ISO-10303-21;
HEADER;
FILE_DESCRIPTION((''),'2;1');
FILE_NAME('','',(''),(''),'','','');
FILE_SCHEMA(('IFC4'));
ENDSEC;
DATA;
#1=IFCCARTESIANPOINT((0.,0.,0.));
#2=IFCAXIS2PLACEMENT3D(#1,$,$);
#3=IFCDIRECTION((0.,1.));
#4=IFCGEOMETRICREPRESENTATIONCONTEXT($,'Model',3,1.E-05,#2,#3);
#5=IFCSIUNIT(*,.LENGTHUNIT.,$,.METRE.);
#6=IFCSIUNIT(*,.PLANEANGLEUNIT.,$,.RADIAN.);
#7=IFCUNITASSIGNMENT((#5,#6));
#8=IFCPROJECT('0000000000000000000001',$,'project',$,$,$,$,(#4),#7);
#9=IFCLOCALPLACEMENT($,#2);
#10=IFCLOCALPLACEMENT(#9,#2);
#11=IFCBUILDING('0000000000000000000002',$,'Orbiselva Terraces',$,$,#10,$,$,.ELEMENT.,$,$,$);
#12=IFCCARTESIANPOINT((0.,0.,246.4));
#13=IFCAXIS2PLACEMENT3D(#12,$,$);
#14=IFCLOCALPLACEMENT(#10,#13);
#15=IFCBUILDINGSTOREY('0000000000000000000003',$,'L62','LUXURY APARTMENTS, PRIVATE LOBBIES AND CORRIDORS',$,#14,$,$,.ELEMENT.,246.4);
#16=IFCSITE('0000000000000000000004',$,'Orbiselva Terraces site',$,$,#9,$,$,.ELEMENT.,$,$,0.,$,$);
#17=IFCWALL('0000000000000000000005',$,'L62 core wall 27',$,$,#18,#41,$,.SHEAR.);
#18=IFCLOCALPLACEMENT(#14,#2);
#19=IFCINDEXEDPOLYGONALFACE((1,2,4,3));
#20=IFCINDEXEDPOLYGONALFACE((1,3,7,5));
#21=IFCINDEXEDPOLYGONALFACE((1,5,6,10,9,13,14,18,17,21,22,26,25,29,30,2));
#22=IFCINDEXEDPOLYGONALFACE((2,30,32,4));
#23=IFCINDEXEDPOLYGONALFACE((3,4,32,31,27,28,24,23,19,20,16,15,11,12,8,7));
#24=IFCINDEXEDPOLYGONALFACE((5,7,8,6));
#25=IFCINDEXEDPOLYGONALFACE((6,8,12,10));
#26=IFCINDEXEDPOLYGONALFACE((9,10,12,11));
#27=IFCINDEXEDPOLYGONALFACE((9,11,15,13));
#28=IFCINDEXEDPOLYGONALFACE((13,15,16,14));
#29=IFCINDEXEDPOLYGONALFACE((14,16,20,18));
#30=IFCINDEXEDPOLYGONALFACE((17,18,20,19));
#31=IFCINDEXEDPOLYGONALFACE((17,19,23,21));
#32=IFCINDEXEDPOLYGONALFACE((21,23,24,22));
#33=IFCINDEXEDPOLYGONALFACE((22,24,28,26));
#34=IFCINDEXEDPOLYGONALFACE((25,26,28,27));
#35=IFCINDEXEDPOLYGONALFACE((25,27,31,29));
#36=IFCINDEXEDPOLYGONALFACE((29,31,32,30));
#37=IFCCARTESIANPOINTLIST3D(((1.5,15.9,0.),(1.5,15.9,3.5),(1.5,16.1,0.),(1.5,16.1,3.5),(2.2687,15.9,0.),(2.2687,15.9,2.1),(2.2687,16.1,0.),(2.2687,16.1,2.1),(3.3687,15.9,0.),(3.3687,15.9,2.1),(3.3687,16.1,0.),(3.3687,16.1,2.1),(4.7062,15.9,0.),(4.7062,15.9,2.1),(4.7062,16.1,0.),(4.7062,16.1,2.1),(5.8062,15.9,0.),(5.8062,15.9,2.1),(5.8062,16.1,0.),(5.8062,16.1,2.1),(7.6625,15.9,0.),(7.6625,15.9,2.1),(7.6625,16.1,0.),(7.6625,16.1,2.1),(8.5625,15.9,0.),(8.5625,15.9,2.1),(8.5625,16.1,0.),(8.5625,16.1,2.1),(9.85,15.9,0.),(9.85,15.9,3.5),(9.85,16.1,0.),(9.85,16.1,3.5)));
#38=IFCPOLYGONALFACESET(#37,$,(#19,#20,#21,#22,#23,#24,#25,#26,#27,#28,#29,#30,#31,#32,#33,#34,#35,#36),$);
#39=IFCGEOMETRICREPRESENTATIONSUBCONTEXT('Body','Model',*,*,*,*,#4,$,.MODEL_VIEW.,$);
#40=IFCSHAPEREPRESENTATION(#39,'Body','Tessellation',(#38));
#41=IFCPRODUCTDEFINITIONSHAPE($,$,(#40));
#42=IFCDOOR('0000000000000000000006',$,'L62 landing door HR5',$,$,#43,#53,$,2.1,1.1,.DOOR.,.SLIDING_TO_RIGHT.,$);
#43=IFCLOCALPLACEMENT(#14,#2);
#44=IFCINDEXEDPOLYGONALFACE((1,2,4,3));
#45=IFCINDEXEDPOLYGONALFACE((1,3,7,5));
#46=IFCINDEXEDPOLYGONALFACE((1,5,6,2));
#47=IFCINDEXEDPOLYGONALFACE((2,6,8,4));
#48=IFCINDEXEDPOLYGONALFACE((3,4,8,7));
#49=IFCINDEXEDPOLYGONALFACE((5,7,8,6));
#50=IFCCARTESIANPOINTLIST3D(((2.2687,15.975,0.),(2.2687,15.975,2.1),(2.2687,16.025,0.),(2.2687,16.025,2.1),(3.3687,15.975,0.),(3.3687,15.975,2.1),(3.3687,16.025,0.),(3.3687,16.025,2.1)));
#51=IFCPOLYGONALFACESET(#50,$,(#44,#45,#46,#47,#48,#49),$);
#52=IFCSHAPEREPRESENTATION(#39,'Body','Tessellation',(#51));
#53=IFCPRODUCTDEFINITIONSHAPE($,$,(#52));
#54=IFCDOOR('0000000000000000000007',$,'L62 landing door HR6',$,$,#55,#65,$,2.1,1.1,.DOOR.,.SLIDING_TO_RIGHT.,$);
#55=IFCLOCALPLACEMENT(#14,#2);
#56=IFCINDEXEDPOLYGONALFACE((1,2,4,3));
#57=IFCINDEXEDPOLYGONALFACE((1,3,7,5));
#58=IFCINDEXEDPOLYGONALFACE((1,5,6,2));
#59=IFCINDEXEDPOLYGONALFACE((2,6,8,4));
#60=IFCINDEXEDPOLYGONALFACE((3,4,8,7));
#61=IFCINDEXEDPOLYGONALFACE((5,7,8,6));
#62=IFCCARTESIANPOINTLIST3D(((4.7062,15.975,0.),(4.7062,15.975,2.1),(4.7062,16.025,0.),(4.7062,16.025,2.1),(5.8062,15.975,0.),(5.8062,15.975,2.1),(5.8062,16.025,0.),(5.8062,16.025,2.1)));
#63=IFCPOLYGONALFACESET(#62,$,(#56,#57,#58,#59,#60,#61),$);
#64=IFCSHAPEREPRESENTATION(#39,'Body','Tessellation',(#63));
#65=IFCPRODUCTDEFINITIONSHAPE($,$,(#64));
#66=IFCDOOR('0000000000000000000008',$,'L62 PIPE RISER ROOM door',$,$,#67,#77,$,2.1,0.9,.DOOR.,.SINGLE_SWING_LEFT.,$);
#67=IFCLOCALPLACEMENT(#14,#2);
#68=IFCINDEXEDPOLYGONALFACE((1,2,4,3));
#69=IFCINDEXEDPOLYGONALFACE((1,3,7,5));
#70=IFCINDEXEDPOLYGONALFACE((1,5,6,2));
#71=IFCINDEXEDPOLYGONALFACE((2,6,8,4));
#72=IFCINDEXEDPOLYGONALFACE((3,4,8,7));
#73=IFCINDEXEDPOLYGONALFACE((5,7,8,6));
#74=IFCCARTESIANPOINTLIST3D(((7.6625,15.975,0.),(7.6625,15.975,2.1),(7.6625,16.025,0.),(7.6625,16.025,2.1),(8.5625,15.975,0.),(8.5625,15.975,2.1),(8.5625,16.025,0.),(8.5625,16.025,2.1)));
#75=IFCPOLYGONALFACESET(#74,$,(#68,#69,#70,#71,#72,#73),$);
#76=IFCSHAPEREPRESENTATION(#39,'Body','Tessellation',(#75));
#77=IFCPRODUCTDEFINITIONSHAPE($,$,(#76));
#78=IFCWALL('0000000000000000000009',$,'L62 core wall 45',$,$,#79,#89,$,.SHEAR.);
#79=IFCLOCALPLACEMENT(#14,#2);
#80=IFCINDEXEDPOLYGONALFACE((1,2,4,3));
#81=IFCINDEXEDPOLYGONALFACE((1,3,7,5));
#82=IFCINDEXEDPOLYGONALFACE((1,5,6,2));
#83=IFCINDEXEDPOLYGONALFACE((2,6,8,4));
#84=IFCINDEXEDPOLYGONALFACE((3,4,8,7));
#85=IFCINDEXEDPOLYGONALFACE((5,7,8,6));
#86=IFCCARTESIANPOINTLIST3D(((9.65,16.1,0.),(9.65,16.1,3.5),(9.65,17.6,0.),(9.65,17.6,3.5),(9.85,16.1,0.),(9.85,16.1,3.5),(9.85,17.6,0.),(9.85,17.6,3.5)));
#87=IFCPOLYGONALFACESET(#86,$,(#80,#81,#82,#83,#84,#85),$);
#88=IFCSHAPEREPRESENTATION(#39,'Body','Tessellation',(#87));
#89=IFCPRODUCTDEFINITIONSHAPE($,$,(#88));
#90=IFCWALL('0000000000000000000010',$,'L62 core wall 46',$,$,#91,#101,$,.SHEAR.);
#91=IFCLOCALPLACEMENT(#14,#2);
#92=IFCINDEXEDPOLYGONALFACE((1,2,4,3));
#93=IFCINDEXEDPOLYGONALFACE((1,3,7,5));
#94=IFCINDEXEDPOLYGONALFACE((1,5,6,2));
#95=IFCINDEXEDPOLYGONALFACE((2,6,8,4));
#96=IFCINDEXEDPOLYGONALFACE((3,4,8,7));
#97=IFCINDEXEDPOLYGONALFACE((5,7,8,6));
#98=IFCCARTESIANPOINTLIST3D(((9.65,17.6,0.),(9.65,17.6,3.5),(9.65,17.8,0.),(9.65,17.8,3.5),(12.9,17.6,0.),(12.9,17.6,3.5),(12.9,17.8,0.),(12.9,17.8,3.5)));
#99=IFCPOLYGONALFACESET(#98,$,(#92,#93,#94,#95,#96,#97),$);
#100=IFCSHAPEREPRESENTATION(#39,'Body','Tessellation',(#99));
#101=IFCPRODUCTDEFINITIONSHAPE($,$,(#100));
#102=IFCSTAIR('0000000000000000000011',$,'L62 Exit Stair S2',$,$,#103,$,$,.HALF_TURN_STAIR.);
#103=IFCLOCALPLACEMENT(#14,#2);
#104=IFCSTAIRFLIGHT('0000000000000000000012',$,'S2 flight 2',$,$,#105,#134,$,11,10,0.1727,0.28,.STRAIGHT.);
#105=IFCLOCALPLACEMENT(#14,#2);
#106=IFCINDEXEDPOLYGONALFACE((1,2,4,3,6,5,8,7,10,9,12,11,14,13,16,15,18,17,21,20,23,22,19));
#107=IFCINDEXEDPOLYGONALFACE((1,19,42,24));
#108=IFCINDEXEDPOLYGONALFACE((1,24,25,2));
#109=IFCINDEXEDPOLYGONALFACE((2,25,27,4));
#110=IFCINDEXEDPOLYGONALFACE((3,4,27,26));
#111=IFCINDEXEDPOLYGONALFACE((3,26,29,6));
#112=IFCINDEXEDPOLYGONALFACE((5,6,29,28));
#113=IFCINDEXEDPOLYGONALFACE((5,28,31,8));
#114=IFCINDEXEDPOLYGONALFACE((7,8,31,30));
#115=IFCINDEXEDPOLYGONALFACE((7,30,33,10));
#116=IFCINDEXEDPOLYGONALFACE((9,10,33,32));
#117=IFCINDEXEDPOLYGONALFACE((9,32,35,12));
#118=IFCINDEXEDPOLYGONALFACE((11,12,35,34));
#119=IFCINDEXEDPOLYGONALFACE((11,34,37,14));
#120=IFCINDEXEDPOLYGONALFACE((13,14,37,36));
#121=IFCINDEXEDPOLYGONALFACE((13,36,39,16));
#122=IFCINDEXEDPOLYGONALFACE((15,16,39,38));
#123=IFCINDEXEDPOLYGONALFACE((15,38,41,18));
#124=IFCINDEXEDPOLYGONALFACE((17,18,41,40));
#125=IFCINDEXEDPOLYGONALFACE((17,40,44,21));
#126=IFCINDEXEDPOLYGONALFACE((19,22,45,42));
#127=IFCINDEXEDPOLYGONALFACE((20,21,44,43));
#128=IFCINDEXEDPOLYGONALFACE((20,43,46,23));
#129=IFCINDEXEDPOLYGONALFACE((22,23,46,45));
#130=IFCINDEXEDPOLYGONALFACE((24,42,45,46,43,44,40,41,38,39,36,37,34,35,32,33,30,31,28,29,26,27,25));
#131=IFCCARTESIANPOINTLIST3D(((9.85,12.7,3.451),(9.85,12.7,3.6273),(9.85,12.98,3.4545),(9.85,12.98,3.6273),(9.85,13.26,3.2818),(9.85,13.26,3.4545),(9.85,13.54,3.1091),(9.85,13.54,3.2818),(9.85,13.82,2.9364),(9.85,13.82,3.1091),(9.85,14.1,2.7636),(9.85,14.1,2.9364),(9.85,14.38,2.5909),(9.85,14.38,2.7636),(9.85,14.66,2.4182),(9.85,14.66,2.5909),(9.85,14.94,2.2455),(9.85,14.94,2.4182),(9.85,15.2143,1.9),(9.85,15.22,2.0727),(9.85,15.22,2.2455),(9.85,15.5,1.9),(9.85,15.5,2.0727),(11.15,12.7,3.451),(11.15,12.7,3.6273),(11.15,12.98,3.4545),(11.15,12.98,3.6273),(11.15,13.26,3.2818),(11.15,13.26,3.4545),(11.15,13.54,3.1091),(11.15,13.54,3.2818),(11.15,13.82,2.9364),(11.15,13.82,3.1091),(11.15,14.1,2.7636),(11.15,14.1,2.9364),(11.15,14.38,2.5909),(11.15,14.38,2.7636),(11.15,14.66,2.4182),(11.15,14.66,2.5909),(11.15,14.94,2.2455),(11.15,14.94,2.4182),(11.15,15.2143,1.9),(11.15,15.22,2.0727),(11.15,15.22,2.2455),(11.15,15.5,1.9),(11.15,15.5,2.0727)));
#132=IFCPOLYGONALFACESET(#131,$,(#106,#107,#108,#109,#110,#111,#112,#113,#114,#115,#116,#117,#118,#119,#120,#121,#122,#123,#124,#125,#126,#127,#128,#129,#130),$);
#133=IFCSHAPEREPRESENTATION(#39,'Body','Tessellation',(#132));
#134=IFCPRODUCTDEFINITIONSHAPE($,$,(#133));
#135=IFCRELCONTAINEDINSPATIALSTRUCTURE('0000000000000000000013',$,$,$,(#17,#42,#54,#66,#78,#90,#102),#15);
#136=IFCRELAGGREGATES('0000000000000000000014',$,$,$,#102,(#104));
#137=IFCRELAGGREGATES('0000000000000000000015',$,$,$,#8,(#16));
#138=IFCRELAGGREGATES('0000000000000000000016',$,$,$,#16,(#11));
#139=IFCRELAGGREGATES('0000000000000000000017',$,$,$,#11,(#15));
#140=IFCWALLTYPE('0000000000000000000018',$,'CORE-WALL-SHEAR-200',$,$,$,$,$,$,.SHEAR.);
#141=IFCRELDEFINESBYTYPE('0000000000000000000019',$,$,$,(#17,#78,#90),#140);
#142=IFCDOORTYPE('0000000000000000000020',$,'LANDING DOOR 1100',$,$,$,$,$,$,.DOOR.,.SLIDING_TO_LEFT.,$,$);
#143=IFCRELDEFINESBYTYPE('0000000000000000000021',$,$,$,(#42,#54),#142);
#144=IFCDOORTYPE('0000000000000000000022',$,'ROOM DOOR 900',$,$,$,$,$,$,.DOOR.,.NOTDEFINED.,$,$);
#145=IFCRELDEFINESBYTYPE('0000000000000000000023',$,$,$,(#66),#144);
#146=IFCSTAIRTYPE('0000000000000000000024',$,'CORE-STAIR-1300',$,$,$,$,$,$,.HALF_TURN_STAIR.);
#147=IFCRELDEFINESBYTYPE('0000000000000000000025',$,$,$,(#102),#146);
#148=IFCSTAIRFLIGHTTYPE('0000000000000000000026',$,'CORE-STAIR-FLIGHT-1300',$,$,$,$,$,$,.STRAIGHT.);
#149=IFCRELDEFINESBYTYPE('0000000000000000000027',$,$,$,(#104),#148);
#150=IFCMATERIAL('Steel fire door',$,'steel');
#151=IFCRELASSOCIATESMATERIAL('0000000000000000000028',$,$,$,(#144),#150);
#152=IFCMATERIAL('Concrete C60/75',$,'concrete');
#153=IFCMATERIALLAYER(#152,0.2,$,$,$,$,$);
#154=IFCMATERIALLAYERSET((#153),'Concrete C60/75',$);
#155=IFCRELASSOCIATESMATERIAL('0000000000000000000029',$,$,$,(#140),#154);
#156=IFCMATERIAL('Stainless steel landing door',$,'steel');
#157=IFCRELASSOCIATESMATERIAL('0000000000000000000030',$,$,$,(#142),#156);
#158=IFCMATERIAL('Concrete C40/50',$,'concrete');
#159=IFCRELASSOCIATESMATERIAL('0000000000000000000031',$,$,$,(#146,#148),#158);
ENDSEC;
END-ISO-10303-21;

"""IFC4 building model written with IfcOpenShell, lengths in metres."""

from ifc_helpers import new_model, si_unit, direction, frame, frame_2d, origin, place, context, subcontext, project, spatial, polyline, rectangle, outline, extrude, material, layer, layer_set, type_object, element, fill, aggregate, save


model = new_model("IFC4")

# Units and contexts
model_context = context("Model", 3, precision=1e-05, world=origin(), true_north=direction((0.0, 1.0)))
body_context = subcontext(model_context, "Body", "Model", "MODEL_VIEW")
ifc_project = project(units=[si_unit("LENGTHUNIT", "METRE"), si_unit("PLANEANGLEUNIT", "RADIAN")], contexts=[model_context])

# Site, building, storey
site_placement = place(None, origin())
site = spatial("IfcSite", under=ifc_project, at=site_placement, Name="Orbiselva Terraces site", CompositionType="ELEMENT", RefElevation=0.0)
building_placement = place(site_placement, origin())
building = spatial("IfcBuilding", under=site, at=building_placement, Name="Orbiselva Terraces", CompositionType="ELEMENT")
storey_placement = place(building_placement, frame((0.0, 0.0, 246.4)))
storey = spatial("IfcBuildingStorey", under=building, at=storey_placement, Name="L62", Description="LUXURY APARTMENTS, PRIVATE LOBBIES AND CORRIDORS", CompositionType="ELEMENT", Elevation=246.4)

# Shared definitions
ifc_material_1 = material(Name="Steel fire door", Category="steel")
door_type_1 = type_object("IfcDoorType", Name="ROOM DOOR 900", OperationType="NOTDEFINED", PredefinedType="DOOR", material=ifc_material_1)

# Shared definitions
ifc_material_2 = material(Name="Concrete C40/50", Category="concrete")

# Shared definitions
ifc_material_3 = material(Name="Concrete C60/75", Category="concrete")
ifc_layer_1 = layer(ifc_material_3, 0.2)
ifc_layer_set_1 = layer_set([ifc_layer_1], Name="Concrete C60/75")
wall_type_1 = type_object("IfcWallType", Name="CORE-WALL-SHEAR-200", PredefinedType="SHEAR", material=ifc_layer_set_1)

# Wall, openings, doors
wall_1_placement = place(storey_placement, frame((9.85, 16.0, 0.0), z_axis=(0.0, 0.0, 1.0), x_axis=(-1.0, 0.0, 0.0)))
wall_1 = element("IfcWall", 1, at=wall_1_placement, inside=storey, type_object=wall_type_1, Name="L62 core wall 27", PredefinedType="SHEAR", context=body_context, shape_type="SweptSolid", body=[
    extrude(rectangle(XDim=8.35, YDim=0.2, at=frame_2d((4.175, 0.0))), origin(), (0.0, 0.0, 1.0), 3.5),
])
opening_1_placement = place(wall_1_placement, frame((6.4813, 0.0, 0.0)))
opening_1 = element("IfcOpeningElement", 2, at=opening_1_placement, cuts=wall_1, PredefinedType="OPENING", context=body_context, shape_type="SweptSolid", body=[
    extrude(rectangle(XDim=1.1, YDim=2.1, at=frame_2d((0.55, 1.05))), frame((0.0, 0.11, 0.0), z_axis=(0.0, -1.0, 0.0), x_axis=(1.0, 0.0, 0.0)), (0.0, 0.0, 1.0), 0.22),
])
opening_2_placement = place(wall_1_placement, frame((4.0438, 0.0, 0.0)))
opening_2 = element("IfcOpeningElement", 3, at=opening_2_placement, cuts=wall_1, PredefinedType="OPENING", context=body_context, shape_type="SweptSolid", body=[
    extrude(rectangle(XDim=1.1, YDim=2.1, at=frame_2d((0.55, 1.05))), frame((0.0, 0.11, 0.0), z_axis=(0.0, -1.0, 0.0), x_axis=(1.0, 0.0, 0.0)), (0.0, 0.0, 1.0), 0.22),
])
opening_3_placement = place(wall_1_placement, frame((1.2875, 0.0, 0.0)))
opening_3 = element("IfcOpeningElement", 4, at=opening_3_placement, cuts=wall_1, PredefinedType="OPENING", context=body_context, shape_type="SweptSolid", body=[
    extrude(rectangle(XDim=0.9, YDim=2.1, at=frame_2d((0.45, 1.05))), frame((0.0, 0.11, 0.0), z_axis=(0.0, -1.0, 0.0), x_axis=(1.0, 0.0, 0.0)), (0.0, 0.0, 1.0), 0.22),
])
ifc_material_4 = material(Name="Stainless steel landing door", Category="steel")
door_type_2 = type_object("IfcDoorType", Name="LANDING DOOR 1100", OperationType="SLIDING_TO_LEFT", PredefinedType="DOOR", material=ifc_material_4)
door_1_placement = place(opening_1_placement, origin())
door_1 = element("IfcDoor", 5, at=door_1_placement, inside=storey, type_object=door_type_2, Name="L62 landing door HR5", OperationType="SLIDING_TO_RIGHT", OverallHeight=2.1, OverallWidth=1.1, PredefinedType="DOOR", context=body_context, shape_type="SweptSolid", body=[
    extrude(rectangle(XDim=1.1, YDim=2.1, at=frame_2d((0.55, 1.05))), frame((0.0, 0.025, 0.0), z_axis=(0.0, -1.0, 0.0), x_axis=(1.0, 0.0, 0.0)), (0.0, 0.0, 1.0), 0.05),
])
fill(opening_1, door_1)
door_2_placement = place(opening_2_placement, origin())
door_2 = element("IfcDoor", 6, at=door_2_placement, inside=storey, type_object=door_type_2, Name="L62 landing door HR6", OperationType="SLIDING_TO_RIGHT", OverallHeight=2.1, OverallWidth=1.1, PredefinedType="DOOR", context=body_context, shape_type="SweptSolid", body=[
    extrude(rectangle(XDim=1.1, YDim=2.1, at=frame_2d((0.55, 1.05))), frame((0.0, 0.025, 0.0), z_axis=(0.0, -1.0, 0.0), x_axis=(1.0, 0.0, 0.0)), (0.0, 0.0, 1.0), 0.05),
])
fill(opening_2, door_2)
door_3_placement = place(opening_3_placement, origin())
door_3 = element("IfcDoor", 7, at=door_3_placement, inside=storey, type_object=door_type_1, Name="L62 PIPE RISER ROOM door", OperationType="SINGLE_SWING_LEFT", OverallHeight=2.1, OverallWidth=0.9, PredefinedType="DOOR", context=body_context, shape_type="SweptSolid", body=[
    extrude(rectangle(XDim=0.9, YDim=2.1, at=frame_2d((0.45, 1.05))), frame((0.0, 0.025, 0.0), z_axis=(0.0, -1.0, 0.0), x_axis=(1.0, 0.0, 0.0)), (0.0, 0.0, 1.0), 0.05),
])
fill(opening_3, door_3)

# Walls
wall_2_placement = place(storey_placement, frame((9.75, 16.1, 0.0), z_axis=(0.0, 0.0, 1.0), x_axis=(0.0, 1.0, 0.0)))
element("IfcWall", 8, at=wall_2_placement, inside=storey, type_object=wall_type_1, Name="L62 core wall 45", PredefinedType="SHEAR", context=body_context, shape_type="SweptSolid", body=[
    extrude(rectangle(XDim=1.5, YDim=0.2, at=frame_2d((0.75, 0.0))), origin(), (0.0, 0.0, 1.0), 3.5),
])
wall_3_placement = place(storey_placement, frame((9.65, 17.7, 0.0), z_axis=(0.0, 0.0, 1.0), x_axis=(1.0, 0.0, 0.0)))
element("IfcWall", 9, at=wall_3_placement, inside=storey, type_object=wall_type_1, Name="L62 core wall 46", PredefinedType="SHEAR", context=body_context, shape_type="SweptSolid", body=[
    extrude(rectangle(XDim=3.25, YDim=0.2, at=frame_2d((1.625, 0.0))), origin(), (0.0, 0.0, 1.0), 3.5),
])

# Stair, stair flight
stair_type = type_object("IfcStairType", Name="CORE-STAIR-1300", PredefinedType="HALF_TURN_STAIR", material=ifc_material_2)
stair_placement = place(storey_placement, origin())
stair = element("IfcStair", 10, at=stair_placement, inside=storey, type_object=stair_type, Name="L62 Exit Stair S2", PredefinedType="HALF_TURN_STAIR")
stair_flight_type = type_object("IfcStairFlightType", Name="CORE-STAIR-FLIGHT-1300", PredefinedType="STRAIGHT", material=ifc_material_2)
stair_flight_placement = place(storey_placement, frame((10.5, 15.5, 1.9), z_axis=(0.0, 0.0, 1.0), x_axis=(0.0, -1.0, 0.0)))
stair_flight = element("IfcStairFlight", 11, at=stair_flight_placement, type_object=stair_flight_type, Name="S2 flight 2", NumberOfRisers=11, NumberOfTreads=10, PredefinedType="STRAIGHT", RiserHeight=0.1727, TreadLength=0.28, context=body_context, shape_type="SweptSolid", body=[
    extrude(outline(polyline([(0.0, 0.0), (0.0, 0.1727), (0.28, 0.1727), (0.28, 0.3455), (0.56, 0.3455), (0.56, 0.5182), (0.84, 0.5182), (0.84, 0.6909), (1.12, 0.6909), (1.12, 0.8636), (1.4, 0.8636), (1.4, 1.0364), (1.68, 1.0364), (1.68, 1.2091), (1.96, 1.2091), (1.96, 1.3818), (2.24, 1.3818), (2.24, 1.5545), (2.52, 1.5545), (2.52, 1.7273), (2.8, 1.7273), (2.8, 1.9), (2.8, 1.551), (0.2857, 0.0), (0.0, 0.0)])), frame((0.0, 0.65, 0.0), z_axis=(0.0, -1.0, 0.0), x_axis=(1.0, 0.0, 0.0)), (0.0, 0.0, 1.0), 1.3),
])
aggregate(stair, [stair_flight])

save(model, "model.ifc")
